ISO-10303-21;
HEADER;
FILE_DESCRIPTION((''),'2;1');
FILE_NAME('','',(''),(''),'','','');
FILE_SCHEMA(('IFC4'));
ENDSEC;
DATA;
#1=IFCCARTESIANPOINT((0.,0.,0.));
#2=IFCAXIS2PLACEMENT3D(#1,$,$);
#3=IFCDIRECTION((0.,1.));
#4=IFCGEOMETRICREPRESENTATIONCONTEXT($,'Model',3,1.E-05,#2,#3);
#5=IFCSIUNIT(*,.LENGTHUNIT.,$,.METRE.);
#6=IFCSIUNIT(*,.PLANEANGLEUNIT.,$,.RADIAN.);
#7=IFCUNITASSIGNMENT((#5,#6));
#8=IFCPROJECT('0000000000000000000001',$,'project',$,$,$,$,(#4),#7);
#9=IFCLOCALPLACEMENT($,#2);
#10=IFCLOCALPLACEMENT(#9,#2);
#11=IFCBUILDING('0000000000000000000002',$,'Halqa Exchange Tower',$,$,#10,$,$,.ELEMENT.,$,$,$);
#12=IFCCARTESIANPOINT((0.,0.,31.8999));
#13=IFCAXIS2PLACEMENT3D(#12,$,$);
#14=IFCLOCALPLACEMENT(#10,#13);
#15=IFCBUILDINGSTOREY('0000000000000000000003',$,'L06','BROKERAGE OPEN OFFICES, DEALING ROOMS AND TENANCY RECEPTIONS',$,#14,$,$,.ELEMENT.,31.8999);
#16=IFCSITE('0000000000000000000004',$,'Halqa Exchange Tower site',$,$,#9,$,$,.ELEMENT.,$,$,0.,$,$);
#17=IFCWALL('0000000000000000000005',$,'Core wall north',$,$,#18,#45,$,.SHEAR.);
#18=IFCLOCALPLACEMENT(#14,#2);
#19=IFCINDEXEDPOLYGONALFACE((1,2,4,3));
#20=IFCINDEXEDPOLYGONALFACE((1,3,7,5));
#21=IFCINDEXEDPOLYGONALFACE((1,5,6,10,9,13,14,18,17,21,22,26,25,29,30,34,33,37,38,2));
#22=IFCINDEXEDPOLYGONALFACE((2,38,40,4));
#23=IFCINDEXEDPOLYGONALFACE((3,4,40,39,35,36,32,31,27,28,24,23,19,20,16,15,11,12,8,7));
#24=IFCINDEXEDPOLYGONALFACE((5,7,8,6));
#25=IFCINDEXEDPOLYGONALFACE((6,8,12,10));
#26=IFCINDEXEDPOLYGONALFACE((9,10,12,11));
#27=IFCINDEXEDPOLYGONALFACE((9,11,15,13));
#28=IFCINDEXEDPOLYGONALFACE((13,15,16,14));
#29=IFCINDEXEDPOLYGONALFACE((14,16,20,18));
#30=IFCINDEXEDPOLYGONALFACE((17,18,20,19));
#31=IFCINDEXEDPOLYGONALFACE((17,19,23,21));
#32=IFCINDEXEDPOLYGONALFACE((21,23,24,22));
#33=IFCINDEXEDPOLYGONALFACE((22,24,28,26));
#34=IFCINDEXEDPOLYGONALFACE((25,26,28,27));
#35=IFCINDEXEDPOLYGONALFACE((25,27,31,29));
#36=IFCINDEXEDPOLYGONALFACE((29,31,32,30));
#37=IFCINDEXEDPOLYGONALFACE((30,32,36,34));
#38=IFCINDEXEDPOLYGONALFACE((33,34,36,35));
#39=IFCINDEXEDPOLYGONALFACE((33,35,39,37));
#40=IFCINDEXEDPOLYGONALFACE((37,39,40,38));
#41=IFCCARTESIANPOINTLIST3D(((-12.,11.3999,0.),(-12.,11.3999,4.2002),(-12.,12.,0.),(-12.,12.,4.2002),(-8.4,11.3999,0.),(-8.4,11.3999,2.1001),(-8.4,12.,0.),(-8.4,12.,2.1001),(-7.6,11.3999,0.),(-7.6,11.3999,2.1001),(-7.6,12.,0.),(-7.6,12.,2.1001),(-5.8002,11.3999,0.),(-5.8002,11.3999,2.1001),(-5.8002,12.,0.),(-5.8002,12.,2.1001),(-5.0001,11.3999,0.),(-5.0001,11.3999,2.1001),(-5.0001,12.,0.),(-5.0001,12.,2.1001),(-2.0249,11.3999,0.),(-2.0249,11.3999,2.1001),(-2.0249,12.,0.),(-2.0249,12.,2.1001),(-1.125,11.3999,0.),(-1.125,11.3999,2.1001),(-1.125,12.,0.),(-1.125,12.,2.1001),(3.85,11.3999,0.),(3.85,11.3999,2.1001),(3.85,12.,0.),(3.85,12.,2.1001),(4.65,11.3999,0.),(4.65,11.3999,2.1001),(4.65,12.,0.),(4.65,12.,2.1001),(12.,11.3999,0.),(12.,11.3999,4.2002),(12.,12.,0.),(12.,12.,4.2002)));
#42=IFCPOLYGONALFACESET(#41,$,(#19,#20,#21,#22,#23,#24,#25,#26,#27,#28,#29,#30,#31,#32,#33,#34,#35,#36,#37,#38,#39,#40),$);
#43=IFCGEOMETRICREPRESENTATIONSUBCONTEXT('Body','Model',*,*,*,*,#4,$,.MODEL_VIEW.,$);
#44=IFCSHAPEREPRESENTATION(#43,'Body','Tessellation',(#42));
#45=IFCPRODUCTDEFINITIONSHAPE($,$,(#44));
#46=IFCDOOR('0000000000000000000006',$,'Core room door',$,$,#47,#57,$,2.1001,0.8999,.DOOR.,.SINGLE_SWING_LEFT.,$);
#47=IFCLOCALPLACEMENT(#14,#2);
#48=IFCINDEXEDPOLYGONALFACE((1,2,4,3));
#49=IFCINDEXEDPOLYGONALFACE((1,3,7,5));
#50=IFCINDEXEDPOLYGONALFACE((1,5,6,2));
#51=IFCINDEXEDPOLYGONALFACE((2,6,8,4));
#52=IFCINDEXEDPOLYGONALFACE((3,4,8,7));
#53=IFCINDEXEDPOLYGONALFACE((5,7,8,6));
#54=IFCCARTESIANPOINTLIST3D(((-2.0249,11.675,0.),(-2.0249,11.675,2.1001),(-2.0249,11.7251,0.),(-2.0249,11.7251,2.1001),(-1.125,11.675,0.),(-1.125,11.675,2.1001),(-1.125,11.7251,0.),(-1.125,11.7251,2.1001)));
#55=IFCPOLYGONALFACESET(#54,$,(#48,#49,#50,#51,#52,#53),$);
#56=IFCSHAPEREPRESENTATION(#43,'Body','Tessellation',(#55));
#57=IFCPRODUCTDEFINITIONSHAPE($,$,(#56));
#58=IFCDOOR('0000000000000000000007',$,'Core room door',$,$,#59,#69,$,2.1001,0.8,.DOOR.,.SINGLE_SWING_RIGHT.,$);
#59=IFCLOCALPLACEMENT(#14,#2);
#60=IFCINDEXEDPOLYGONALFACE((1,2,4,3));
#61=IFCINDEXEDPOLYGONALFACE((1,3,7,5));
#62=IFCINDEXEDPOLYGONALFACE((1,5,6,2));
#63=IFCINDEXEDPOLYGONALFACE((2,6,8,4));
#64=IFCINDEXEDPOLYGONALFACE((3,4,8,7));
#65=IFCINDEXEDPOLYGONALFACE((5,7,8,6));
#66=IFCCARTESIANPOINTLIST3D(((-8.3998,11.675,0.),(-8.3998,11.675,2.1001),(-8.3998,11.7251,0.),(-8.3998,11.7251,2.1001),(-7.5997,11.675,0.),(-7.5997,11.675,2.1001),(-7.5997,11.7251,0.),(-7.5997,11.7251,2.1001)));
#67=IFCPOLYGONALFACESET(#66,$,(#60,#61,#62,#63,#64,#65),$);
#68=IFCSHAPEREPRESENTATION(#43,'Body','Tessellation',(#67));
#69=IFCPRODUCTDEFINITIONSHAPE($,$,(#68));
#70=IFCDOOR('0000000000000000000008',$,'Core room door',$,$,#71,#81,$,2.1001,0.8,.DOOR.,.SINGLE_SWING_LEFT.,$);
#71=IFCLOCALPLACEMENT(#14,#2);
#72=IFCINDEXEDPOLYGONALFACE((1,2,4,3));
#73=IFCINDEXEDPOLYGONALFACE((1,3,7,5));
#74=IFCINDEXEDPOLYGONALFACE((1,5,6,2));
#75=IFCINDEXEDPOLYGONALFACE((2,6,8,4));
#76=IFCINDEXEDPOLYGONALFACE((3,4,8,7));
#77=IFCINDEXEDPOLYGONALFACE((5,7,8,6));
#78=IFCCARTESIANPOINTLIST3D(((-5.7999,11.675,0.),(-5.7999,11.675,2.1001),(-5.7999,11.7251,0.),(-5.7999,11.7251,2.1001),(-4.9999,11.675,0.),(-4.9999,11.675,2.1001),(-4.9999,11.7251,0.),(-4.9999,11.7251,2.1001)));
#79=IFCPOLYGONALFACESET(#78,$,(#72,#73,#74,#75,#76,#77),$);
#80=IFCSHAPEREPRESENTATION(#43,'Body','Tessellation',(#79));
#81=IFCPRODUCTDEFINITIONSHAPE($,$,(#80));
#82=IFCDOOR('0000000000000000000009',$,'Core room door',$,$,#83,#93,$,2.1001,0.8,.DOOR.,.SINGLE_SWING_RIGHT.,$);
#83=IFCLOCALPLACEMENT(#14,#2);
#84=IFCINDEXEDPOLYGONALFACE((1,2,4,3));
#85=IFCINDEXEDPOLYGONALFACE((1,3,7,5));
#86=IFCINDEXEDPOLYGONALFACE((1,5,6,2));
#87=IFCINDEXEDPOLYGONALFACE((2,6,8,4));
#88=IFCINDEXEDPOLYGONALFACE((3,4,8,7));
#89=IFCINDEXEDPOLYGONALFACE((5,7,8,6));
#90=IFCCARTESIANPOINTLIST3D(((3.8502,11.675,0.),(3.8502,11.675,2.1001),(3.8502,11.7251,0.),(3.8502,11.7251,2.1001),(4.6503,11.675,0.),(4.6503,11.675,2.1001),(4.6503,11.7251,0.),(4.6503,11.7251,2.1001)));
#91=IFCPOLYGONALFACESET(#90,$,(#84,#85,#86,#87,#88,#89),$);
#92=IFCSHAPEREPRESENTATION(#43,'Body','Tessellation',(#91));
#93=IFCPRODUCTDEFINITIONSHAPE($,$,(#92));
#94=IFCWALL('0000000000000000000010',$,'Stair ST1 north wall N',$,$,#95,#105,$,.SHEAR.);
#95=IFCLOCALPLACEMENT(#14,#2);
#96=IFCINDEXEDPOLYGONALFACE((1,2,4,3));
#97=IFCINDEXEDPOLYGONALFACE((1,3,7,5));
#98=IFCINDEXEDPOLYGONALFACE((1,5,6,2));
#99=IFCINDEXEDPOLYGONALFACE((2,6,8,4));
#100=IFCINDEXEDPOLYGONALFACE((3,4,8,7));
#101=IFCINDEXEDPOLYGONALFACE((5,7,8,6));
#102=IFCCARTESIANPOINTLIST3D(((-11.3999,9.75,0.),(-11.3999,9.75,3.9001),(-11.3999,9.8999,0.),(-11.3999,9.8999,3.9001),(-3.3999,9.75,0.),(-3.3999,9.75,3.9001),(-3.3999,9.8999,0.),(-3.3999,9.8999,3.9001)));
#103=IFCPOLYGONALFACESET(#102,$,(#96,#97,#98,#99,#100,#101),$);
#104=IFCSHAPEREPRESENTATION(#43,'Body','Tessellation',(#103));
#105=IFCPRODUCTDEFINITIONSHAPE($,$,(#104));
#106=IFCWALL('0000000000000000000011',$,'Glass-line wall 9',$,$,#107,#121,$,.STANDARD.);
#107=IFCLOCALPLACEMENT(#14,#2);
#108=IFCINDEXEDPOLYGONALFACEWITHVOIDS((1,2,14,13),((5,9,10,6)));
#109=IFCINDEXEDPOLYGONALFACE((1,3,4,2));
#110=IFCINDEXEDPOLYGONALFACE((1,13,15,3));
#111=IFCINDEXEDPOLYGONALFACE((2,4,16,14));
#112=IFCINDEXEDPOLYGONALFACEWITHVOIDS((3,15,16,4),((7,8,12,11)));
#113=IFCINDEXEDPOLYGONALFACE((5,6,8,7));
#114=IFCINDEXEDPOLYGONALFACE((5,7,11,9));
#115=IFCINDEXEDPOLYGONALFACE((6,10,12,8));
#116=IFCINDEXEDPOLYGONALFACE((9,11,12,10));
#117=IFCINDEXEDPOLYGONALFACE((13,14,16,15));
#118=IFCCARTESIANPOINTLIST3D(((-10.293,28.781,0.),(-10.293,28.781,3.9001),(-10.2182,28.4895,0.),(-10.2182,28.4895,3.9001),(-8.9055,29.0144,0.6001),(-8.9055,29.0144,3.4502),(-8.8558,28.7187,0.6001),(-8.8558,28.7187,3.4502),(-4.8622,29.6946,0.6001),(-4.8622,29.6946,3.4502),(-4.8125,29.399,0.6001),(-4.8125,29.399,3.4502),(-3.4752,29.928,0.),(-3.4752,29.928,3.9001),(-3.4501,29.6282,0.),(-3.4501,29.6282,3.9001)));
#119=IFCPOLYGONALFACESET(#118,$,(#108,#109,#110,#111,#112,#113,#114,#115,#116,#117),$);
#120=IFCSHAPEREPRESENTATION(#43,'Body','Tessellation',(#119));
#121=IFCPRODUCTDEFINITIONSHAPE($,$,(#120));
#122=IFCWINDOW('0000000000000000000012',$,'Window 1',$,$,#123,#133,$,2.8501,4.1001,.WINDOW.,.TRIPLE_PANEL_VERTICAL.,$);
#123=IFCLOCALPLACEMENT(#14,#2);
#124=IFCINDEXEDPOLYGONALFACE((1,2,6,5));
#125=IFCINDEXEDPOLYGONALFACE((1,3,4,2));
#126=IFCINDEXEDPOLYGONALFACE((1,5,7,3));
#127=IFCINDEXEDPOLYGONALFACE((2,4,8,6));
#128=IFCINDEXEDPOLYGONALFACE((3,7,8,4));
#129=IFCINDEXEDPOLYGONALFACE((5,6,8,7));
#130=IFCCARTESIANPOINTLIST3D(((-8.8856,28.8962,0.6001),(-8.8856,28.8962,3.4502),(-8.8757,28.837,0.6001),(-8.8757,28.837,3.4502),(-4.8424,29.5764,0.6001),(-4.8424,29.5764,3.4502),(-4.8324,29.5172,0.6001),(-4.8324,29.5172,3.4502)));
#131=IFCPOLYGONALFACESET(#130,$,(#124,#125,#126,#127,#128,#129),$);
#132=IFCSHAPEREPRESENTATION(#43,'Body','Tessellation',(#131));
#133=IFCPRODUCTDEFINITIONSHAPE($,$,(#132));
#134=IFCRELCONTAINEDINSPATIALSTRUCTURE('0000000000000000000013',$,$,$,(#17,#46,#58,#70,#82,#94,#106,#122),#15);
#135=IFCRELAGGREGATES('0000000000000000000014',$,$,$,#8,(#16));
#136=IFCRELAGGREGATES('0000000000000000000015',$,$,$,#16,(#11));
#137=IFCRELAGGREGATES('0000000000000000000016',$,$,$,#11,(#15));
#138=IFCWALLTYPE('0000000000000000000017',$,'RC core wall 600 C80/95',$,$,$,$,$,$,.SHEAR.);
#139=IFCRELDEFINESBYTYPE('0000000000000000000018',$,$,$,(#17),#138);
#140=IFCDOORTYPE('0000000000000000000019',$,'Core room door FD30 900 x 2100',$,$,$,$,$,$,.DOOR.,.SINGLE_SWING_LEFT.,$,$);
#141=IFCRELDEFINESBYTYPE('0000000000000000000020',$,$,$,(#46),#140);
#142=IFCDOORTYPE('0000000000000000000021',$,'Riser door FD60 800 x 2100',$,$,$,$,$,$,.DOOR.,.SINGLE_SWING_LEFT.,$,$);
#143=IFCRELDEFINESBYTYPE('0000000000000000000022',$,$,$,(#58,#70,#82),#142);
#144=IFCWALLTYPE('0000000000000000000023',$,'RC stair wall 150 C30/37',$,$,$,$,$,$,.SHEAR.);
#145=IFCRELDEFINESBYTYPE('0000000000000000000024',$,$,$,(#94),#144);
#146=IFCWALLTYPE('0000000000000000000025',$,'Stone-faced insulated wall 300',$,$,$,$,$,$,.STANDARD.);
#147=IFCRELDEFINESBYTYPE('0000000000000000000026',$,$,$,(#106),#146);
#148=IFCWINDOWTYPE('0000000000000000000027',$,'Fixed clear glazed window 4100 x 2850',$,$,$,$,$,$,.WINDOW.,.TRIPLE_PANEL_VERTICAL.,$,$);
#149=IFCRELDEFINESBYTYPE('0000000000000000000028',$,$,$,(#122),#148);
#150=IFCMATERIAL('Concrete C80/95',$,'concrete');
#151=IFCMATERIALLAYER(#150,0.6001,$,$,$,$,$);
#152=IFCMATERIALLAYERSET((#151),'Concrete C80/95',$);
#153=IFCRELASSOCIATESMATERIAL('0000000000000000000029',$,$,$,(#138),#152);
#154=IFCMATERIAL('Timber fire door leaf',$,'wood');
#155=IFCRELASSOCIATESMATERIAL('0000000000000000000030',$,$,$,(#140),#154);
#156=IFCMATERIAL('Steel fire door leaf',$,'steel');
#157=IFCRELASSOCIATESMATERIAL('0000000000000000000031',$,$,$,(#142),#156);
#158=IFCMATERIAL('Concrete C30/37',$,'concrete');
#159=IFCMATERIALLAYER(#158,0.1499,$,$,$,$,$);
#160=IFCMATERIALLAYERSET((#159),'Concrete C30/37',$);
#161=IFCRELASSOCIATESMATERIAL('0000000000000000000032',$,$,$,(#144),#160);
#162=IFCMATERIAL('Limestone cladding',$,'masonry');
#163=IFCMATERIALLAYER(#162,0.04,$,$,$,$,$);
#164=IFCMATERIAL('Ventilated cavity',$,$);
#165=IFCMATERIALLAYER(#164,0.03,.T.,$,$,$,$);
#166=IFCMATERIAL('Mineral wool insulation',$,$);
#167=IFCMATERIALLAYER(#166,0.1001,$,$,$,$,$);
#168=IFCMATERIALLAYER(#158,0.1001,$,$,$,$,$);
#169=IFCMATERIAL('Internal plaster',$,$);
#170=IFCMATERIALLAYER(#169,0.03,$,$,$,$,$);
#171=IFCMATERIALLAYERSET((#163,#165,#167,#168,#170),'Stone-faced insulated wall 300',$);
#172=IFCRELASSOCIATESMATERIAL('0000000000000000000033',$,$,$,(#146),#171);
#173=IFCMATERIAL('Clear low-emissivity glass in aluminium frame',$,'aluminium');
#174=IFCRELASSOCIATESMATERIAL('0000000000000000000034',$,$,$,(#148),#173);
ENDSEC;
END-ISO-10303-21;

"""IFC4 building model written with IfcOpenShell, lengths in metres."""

from ifc_helpers import new_model, si_unit, direction, frame, frame_2d, origin, place, context, subcontext, project, spatial, polyline, rectangle, outline, extrude, material, layer, layer_set, type_object, element, fill, save


model = new_model("IFC4")

# Units and contexts
model_context = context("Model", 3, precision=1e-05, world=origin(), true_north=direction((0.0, 1.0)))
body_context = subcontext(model_context, "Body", "Model", "MODEL_VIEW")
ifc_project = project(units=[si_unit("LENGTHUNIT", "METRE"), si_unit("PLANEANGLEUNIT", "RADIAN")], contexts=[model_context])

# Site, building, storey
site_placement = place(None, origin())
site = spatial("IfcSite", under=ifc_project, at=site_placement, Name="Halqa Exchange Tower site", CompositionType="ELEMENT", RefElevation=0.0)
building_placement = place(site_placement, origin())
building = spatial("IfcBuilding", under=site, at=building_placement, Name="Halqa Exchange Tower", CompositionType="ELEMENT")
storey_placement = place(building_placement, frame((0.0, 0.0, 31.8999)))
storey = spatial("IfcBuildingStorey", under=building, at=storey_placement, Name="L06", Description="BROKERAGE OPEN OFFICES, DEALING ROOMS AND TENANCY RECEPTIONS", CompositionType="ELEMENT", Elevation=31.8999)

# Shared definitions
ifc_material_1 = material(Name="Concrete C80/95", Category="concrete")

# Shared definitions
ifc_material_2 = material(Name="Steel fire door leaf", Category="steel")

# Wall, openings, doors
ifc_layer_1 = layer(ifc_material_1, 0.6001)
ifc_layer_set_1 = layer_set([ifc_layer_1], Name="Concrete C80/95")
wall_type_1 = type_object("IfcWallType", Name="RC core wall 600 C80/95", PredefinedType="SHEAR", material=ifc_layer_set_1)
wall_1_placement = place(storey_placement, frame((-12.0, 11.7, 0.0), z_axis=(0.0, 0.0, 1.0), x_axis=(1.0, 0.0, 0.0)))
wall_1 = element("IfcWall", 1, at=wall_1_placement, inside=storey, type_object=wall_type_1, Name="Core wall north", PredefinedType="SHEAR", context=body_context, shape_type="SweptSolid", body=[
    extrude(rectangle(XDim=24.0, YDim=0.6001, at=frame_2d((12.0, 0.0))), origin(), (0.0, 0.0, 1.0), 4.2002),
])
opening_1_placement = place(wall_1_placement, frame((9.9751, 0.0, 0.0)))
opening_1 = element("IfcOpeningElement", 2, at=opening_1_placement, cuts=wall_1, PredefinedType="OPENING", context=body_context, shape_type="SweptSolid", body=[
    extrude(rectangle(XDim=0.8999, YDim=2.1001, at=frame_2d((0.45, 1.05))), frame((0.0, 0.312, 0.0), z_axis=(0.0, -1.0, 0.0), x_axis=(1.0, 0.0, 0.0)), (0.0, 0.0, 1.0), 0.624),
])
opening_2_placement = place(wall_1_placement, frame((3.6001, 0.0, 0.0)))
opening_2 = element("IfcOpeningElement", 3, at=opening_2_placement, cuts=wall_1, PredefinedType="OPENING", context=body_context, shape_type="SweptSolid", body=[
    extrude(rectangle(XDim=0.8, YDim=2.1001, at=frame_2d((0.3999, 1.05))), frame((0.0, 0.312, 0.0), z_axis=(0.0, -1.0, 0.0), x_axis=(1.0, 0.0, 0.0)), (0.0, 0.0, 1.0), 0.624),
])
opening_3_placement = place(wall_1_placement, frame((6.2, 0.0, 0.0)))
opening_3 = element("IfcOpeningElement", 4, at=opening_3_placement, cuts=wall_1, PredefinedType="OPENING", context=body_context, shape_type="SweptSolid", body=[
    extrude(rectangle(XDim=0.8, YDim=2.1001, at=frame_2d((0.3999, 1.05))), frame((0.0, 0.312, 0.0), z_axis=(0.0, -1.0, 0.0), x_axis=(1.0, 0.0, 0.0)), (0.0, 0.0, 1.0), 0.624),
])
opening_4_placement = place(wall_1_placement, frame((15.8501, 0.0, 0.0)))
opening_4 = element("IfcOpeningElement", 5, at=opening_4_placement, cuts=wall_1, PredefinedType="OPENING", context=body_context, shape_type="SweptSolid", body=[
    extrude(rectangle(XDim=0.8, YDim=2.1001, at=frame_2d((0.3999, 1.05))), frame((0.0, 0.312, 0.0), z_axis=(0.0, -1.0, 0.0), x_axis=(1.0, 0.0, 0.0)), (0.0, 0.0, 1.0), 0.624),
])
ifc_material_3 = material(Name="Timber fire door leaf", Category="wood")
door_type_1 = type_object("IfcDoorType", Name="Core room door FD30 900 x 2100", OperationType="SINGLE_SWING_LEFT", PredefinedType="DOOR", material=ifc_material_3)
door_1_placement = place(opening_1_placement, frame((0.8999, 0.0, 0.0), z_axis=(0.0, 0.0, 1.0), x_axis=(-1.0, 0.0, 0.0)))
door_1 = element("IfcDoor", 6, at=door_1_placement, inside=storey, type_object=door_type_1, Name="Core room door", OperationType="SINGLE_SWING_LEFT", OverallHeight=2.1001, OverallWidth=0.8999, PredefinedType="DOOR", context=body_context, shape_type="SweptSolid", body=[
    extrude(rectangle(XDim=0.8999, YDim=2.1001, at=frame_2d((0.45, 1.05))), frame((0.0, 0.0249, 0.0), z_axis=(0.0, -1.0, 0.0), x_axis=(1.0, 0.0, 0.0)), (0.0, 0.0, 1.0), 0.05),
])
fill(opening_1, door_1)
door_type_2 = type_object("IfcDoorType", Name="Riser door FD60 800 x 2100", OperationType="SINGLE_SWING_LEFT", PredefinedType="DOOR", material=ifc_material_2)
door_2_placement = place(opening_2_placement, frame((0.8, 0.0, 0.0), z_axis=(0.0, 0.0, 1.0), x_axis=(-1.0, 0.0, 0.0)))
door_2 = element("IfcDoor", 7, at=door_2_placement, inside=storey, type_object=door_type_2, Name="Core room door", OperationType="SINGLE_SWING_RIGHT", OverallHeight=2.1001, OverallWidth=0.8, PredefinedType="DOOR", context=body_context, shape_type="SweptSolid", body=[
    extrude(rectangle(XDim=0.8, YDim=2.1001, at=frame_2d((0.3999, 1.05))), frame((0.0, 0.0249, 0.0), z_axis=(0.0, -1.0, 0.0), x_axis=(1.0, 0.0, 0.0)), (0.0, 0.0, 1.0), 0.05),
])
fill(opening_2, door_2)
door_3_placement = place(opening_3_placement, frame((0.8, 0.0, 0.0), z_axis=(0.0, 0.0, 1.0), x_axis=(-1.0, 0.0, 0.0)))
door_3 = element("IfcDoor", 8, at=door_3_placement, inside=storey, type_object=door_type_2, Name="Core room door", OperationType="SINGLE_SWING_LEFT", OverallHeight=2.1001, OverallWidth=0.8, PredefinedType="DOOR", context=body_context, shape_type="SweptSolid", body=[
    extrude(rectangle(XDim=0.8, YDim=2.1001, at=frame_2d((0.3999, 1.05))), frame((0.0, 0.0249, 0.0), z_axis=(0.0, -1.0, 0.0), x_axis=(1.0, 0.0, 0.0)), (0.0, 0.0, 1.0), 0.05),
])
fill(opening_3, door_3)
door_4_placement = place(opening_4_placement, frame((0.8, 0.0, 0.0), z_axis=(0.0, 0.0, 1.0), x_axis=(-1.0, 0.0, 0.0)))
door_4 = element("IfcDoor", 9, at=door_4_placement, inside=storey, type_object=door_type_2, Name="Core room door", OperationType="SINGLE_SWING_RIGHT", OverallHeight=2.1001, OverallWidth=0.8, PredefinedType="DOOR", context=body_context, shape_type="SweptSolid", body=[
    extrude(rectangle(XDim=0.8, YDim=2.1001, at=frame_2d((0.3999, 1.05))), frame((0.0, 0.0249, 0.0), z_axis=(0.0, -1.0, 0.0), x_axis=(1.0, 0.0, 0.0)), (0.0, 0.0, 1.0), 0.05),
])
fill(opening_4, door_4)

# Wall
ifc_material_4 = material(Name="Concrete C30/37", Category="concrete")
ifc_layer_2 = layer(ifc_material_4, 0.1499)
ifc_layer_set_2 = layer_set([ifc_layer_2], Name="Concrete C30/37")
wall_type_2 = type_object("IfcWallType", Name="RC stair wall 150 C30/37", PredefinedType="SHEAR", material=ifc_layer_set_2)
wall_2_placement = place(storey_placement, frame((-11.3999, 9.825, 0.0), z_axis=(0.0, 0.0, 1.0), x_axis=(1.0, 0.0, 0.0)))
element("IfcWall", 10, at=wall_2_placement, inside=storey, type_object=wall_type_2, Name="Stair ST1 north wall N", PredefinedType="SHEAR", context=body_context, shape_type="SweptSolid", body=[
    extrude(rectangle(XDim=8.0, YDim=0.1499, at=frame_2d((4.0, 0.0))), origin(), (0.0, 0.0, 1.0), 3.9001),
])

# Wall, opening, window
ifc_material_5 = material(Name="Limestone cladding", Category="masonry")
ifc_layer_3 = layer(ifc_material_5, 0.04)
ifc_material_6 = material(Name="Ventilated cavity")
ifc_layer_4 = layer(ifc_material_6, 0.03, ventilated=True)
ifc_material_7 = material(Name="Mineral wool insulation")
ifc_layer_5 = layer(ifc_material_7, 0.1001)
ifc_layer_6 = layer(ifc_material_4, 0.1001)
ifc_material_8 = material(Name="Internal plaster")
ifc_layer_7 = layer(ifc_material_8, 0.03)
ifc_layer_set_3 = layer_set([ifc_layer_3, ifc_layer_4, ifc_layer_5, ifc_layer_6, ifc_layer_7], Name="Stone-faced insulated wall 300")
wall_type_3 = type_object("IfcWallType", Name="Stone-faced insulated wall 300", PredefinedType="STANDARD", material=ifc_layer_set_3)
wall_3_placement = place(storey_placement, frame((-3.4626, 29.7781, 0.0), z_axis=(0.0, 0.0, 1.0), x_axis=(-0.986142, -0.165905, 0.0)))
wall_3 = element("IfcWall", 11, at=wall_3_placement, inside=storey, type_object=wall_type_3, Name="Glass-line wall 9", PredefinedType="STANDARD", context=body_context, shape_type="SweptSolid", body=[
    extrude(outline(polyline([(-0.0125, -0.1499), (6.9011, -0.1499), (6.8757, 0.1499), (0.0125, 0.1499), (-0.0125, -0.1499)])), origin(), (0.0, 0.0, 1.0), 3.9001),
])
opening_5_placement = place(wall_3_placement, frame((1.394, 0.0, 0.6001)))
opening_5 = element("IfcOpeningElement", 12, at=opening_5_placement, cuts=wall_3, PredefinedType="OPENING", context=body_context, shape_type="SweptSolid", body=[
    extrude(rectangle(XDim=4.1001, YDim=2.8501, at=frame_2d((2.05, 1.425))), frame((0.0, 0.1621, 0.0), z_axis=(0.0, -1.0, 0.0), x_axis=(1.0, 0.0, 0.0)), (0.0, 0.0, 1.0), 0.324),
])
ifc_material_9 = material(Name="Clear low-emissivity glass in aluminium frame", Category="aluminium")
window_type = type_object("IfcWindowType", Name="Fixed clear glazed window 4100 x 2850", PartitioningType="TRIPLE_PANEL_VERTICAL", PredefinedType="WINDOW", material=ifc_material_9)
window_1_placement = place(opening_5_placement, origin())
window_1 = element("IfcWindow", 13, at=window_1_placement, inside=storey, type_object=window_type, Name="Window 1", OverallHeight=2.8501, OverallWidth=4.1001, PartitioningType="TRIPLE_PANEL_VERTICAL", PredefinedType="WINDOW", context=body_context, shape_type="SweptSolid", body=[
    extrude(rectangle(XDim=4.1001, YDim=2.8501, at=frame_2d((2.05, 1.425))), frame((0.0, 0.03, 0.0), z_axis=(0.0, -1.0, 0.0), x_axis=(1.0, 0.0, 0.0)), (0.0, 0.0, 1.0), 0.0601),
])
fill(opening_5, window_1)

save(model, "model.ifc")
